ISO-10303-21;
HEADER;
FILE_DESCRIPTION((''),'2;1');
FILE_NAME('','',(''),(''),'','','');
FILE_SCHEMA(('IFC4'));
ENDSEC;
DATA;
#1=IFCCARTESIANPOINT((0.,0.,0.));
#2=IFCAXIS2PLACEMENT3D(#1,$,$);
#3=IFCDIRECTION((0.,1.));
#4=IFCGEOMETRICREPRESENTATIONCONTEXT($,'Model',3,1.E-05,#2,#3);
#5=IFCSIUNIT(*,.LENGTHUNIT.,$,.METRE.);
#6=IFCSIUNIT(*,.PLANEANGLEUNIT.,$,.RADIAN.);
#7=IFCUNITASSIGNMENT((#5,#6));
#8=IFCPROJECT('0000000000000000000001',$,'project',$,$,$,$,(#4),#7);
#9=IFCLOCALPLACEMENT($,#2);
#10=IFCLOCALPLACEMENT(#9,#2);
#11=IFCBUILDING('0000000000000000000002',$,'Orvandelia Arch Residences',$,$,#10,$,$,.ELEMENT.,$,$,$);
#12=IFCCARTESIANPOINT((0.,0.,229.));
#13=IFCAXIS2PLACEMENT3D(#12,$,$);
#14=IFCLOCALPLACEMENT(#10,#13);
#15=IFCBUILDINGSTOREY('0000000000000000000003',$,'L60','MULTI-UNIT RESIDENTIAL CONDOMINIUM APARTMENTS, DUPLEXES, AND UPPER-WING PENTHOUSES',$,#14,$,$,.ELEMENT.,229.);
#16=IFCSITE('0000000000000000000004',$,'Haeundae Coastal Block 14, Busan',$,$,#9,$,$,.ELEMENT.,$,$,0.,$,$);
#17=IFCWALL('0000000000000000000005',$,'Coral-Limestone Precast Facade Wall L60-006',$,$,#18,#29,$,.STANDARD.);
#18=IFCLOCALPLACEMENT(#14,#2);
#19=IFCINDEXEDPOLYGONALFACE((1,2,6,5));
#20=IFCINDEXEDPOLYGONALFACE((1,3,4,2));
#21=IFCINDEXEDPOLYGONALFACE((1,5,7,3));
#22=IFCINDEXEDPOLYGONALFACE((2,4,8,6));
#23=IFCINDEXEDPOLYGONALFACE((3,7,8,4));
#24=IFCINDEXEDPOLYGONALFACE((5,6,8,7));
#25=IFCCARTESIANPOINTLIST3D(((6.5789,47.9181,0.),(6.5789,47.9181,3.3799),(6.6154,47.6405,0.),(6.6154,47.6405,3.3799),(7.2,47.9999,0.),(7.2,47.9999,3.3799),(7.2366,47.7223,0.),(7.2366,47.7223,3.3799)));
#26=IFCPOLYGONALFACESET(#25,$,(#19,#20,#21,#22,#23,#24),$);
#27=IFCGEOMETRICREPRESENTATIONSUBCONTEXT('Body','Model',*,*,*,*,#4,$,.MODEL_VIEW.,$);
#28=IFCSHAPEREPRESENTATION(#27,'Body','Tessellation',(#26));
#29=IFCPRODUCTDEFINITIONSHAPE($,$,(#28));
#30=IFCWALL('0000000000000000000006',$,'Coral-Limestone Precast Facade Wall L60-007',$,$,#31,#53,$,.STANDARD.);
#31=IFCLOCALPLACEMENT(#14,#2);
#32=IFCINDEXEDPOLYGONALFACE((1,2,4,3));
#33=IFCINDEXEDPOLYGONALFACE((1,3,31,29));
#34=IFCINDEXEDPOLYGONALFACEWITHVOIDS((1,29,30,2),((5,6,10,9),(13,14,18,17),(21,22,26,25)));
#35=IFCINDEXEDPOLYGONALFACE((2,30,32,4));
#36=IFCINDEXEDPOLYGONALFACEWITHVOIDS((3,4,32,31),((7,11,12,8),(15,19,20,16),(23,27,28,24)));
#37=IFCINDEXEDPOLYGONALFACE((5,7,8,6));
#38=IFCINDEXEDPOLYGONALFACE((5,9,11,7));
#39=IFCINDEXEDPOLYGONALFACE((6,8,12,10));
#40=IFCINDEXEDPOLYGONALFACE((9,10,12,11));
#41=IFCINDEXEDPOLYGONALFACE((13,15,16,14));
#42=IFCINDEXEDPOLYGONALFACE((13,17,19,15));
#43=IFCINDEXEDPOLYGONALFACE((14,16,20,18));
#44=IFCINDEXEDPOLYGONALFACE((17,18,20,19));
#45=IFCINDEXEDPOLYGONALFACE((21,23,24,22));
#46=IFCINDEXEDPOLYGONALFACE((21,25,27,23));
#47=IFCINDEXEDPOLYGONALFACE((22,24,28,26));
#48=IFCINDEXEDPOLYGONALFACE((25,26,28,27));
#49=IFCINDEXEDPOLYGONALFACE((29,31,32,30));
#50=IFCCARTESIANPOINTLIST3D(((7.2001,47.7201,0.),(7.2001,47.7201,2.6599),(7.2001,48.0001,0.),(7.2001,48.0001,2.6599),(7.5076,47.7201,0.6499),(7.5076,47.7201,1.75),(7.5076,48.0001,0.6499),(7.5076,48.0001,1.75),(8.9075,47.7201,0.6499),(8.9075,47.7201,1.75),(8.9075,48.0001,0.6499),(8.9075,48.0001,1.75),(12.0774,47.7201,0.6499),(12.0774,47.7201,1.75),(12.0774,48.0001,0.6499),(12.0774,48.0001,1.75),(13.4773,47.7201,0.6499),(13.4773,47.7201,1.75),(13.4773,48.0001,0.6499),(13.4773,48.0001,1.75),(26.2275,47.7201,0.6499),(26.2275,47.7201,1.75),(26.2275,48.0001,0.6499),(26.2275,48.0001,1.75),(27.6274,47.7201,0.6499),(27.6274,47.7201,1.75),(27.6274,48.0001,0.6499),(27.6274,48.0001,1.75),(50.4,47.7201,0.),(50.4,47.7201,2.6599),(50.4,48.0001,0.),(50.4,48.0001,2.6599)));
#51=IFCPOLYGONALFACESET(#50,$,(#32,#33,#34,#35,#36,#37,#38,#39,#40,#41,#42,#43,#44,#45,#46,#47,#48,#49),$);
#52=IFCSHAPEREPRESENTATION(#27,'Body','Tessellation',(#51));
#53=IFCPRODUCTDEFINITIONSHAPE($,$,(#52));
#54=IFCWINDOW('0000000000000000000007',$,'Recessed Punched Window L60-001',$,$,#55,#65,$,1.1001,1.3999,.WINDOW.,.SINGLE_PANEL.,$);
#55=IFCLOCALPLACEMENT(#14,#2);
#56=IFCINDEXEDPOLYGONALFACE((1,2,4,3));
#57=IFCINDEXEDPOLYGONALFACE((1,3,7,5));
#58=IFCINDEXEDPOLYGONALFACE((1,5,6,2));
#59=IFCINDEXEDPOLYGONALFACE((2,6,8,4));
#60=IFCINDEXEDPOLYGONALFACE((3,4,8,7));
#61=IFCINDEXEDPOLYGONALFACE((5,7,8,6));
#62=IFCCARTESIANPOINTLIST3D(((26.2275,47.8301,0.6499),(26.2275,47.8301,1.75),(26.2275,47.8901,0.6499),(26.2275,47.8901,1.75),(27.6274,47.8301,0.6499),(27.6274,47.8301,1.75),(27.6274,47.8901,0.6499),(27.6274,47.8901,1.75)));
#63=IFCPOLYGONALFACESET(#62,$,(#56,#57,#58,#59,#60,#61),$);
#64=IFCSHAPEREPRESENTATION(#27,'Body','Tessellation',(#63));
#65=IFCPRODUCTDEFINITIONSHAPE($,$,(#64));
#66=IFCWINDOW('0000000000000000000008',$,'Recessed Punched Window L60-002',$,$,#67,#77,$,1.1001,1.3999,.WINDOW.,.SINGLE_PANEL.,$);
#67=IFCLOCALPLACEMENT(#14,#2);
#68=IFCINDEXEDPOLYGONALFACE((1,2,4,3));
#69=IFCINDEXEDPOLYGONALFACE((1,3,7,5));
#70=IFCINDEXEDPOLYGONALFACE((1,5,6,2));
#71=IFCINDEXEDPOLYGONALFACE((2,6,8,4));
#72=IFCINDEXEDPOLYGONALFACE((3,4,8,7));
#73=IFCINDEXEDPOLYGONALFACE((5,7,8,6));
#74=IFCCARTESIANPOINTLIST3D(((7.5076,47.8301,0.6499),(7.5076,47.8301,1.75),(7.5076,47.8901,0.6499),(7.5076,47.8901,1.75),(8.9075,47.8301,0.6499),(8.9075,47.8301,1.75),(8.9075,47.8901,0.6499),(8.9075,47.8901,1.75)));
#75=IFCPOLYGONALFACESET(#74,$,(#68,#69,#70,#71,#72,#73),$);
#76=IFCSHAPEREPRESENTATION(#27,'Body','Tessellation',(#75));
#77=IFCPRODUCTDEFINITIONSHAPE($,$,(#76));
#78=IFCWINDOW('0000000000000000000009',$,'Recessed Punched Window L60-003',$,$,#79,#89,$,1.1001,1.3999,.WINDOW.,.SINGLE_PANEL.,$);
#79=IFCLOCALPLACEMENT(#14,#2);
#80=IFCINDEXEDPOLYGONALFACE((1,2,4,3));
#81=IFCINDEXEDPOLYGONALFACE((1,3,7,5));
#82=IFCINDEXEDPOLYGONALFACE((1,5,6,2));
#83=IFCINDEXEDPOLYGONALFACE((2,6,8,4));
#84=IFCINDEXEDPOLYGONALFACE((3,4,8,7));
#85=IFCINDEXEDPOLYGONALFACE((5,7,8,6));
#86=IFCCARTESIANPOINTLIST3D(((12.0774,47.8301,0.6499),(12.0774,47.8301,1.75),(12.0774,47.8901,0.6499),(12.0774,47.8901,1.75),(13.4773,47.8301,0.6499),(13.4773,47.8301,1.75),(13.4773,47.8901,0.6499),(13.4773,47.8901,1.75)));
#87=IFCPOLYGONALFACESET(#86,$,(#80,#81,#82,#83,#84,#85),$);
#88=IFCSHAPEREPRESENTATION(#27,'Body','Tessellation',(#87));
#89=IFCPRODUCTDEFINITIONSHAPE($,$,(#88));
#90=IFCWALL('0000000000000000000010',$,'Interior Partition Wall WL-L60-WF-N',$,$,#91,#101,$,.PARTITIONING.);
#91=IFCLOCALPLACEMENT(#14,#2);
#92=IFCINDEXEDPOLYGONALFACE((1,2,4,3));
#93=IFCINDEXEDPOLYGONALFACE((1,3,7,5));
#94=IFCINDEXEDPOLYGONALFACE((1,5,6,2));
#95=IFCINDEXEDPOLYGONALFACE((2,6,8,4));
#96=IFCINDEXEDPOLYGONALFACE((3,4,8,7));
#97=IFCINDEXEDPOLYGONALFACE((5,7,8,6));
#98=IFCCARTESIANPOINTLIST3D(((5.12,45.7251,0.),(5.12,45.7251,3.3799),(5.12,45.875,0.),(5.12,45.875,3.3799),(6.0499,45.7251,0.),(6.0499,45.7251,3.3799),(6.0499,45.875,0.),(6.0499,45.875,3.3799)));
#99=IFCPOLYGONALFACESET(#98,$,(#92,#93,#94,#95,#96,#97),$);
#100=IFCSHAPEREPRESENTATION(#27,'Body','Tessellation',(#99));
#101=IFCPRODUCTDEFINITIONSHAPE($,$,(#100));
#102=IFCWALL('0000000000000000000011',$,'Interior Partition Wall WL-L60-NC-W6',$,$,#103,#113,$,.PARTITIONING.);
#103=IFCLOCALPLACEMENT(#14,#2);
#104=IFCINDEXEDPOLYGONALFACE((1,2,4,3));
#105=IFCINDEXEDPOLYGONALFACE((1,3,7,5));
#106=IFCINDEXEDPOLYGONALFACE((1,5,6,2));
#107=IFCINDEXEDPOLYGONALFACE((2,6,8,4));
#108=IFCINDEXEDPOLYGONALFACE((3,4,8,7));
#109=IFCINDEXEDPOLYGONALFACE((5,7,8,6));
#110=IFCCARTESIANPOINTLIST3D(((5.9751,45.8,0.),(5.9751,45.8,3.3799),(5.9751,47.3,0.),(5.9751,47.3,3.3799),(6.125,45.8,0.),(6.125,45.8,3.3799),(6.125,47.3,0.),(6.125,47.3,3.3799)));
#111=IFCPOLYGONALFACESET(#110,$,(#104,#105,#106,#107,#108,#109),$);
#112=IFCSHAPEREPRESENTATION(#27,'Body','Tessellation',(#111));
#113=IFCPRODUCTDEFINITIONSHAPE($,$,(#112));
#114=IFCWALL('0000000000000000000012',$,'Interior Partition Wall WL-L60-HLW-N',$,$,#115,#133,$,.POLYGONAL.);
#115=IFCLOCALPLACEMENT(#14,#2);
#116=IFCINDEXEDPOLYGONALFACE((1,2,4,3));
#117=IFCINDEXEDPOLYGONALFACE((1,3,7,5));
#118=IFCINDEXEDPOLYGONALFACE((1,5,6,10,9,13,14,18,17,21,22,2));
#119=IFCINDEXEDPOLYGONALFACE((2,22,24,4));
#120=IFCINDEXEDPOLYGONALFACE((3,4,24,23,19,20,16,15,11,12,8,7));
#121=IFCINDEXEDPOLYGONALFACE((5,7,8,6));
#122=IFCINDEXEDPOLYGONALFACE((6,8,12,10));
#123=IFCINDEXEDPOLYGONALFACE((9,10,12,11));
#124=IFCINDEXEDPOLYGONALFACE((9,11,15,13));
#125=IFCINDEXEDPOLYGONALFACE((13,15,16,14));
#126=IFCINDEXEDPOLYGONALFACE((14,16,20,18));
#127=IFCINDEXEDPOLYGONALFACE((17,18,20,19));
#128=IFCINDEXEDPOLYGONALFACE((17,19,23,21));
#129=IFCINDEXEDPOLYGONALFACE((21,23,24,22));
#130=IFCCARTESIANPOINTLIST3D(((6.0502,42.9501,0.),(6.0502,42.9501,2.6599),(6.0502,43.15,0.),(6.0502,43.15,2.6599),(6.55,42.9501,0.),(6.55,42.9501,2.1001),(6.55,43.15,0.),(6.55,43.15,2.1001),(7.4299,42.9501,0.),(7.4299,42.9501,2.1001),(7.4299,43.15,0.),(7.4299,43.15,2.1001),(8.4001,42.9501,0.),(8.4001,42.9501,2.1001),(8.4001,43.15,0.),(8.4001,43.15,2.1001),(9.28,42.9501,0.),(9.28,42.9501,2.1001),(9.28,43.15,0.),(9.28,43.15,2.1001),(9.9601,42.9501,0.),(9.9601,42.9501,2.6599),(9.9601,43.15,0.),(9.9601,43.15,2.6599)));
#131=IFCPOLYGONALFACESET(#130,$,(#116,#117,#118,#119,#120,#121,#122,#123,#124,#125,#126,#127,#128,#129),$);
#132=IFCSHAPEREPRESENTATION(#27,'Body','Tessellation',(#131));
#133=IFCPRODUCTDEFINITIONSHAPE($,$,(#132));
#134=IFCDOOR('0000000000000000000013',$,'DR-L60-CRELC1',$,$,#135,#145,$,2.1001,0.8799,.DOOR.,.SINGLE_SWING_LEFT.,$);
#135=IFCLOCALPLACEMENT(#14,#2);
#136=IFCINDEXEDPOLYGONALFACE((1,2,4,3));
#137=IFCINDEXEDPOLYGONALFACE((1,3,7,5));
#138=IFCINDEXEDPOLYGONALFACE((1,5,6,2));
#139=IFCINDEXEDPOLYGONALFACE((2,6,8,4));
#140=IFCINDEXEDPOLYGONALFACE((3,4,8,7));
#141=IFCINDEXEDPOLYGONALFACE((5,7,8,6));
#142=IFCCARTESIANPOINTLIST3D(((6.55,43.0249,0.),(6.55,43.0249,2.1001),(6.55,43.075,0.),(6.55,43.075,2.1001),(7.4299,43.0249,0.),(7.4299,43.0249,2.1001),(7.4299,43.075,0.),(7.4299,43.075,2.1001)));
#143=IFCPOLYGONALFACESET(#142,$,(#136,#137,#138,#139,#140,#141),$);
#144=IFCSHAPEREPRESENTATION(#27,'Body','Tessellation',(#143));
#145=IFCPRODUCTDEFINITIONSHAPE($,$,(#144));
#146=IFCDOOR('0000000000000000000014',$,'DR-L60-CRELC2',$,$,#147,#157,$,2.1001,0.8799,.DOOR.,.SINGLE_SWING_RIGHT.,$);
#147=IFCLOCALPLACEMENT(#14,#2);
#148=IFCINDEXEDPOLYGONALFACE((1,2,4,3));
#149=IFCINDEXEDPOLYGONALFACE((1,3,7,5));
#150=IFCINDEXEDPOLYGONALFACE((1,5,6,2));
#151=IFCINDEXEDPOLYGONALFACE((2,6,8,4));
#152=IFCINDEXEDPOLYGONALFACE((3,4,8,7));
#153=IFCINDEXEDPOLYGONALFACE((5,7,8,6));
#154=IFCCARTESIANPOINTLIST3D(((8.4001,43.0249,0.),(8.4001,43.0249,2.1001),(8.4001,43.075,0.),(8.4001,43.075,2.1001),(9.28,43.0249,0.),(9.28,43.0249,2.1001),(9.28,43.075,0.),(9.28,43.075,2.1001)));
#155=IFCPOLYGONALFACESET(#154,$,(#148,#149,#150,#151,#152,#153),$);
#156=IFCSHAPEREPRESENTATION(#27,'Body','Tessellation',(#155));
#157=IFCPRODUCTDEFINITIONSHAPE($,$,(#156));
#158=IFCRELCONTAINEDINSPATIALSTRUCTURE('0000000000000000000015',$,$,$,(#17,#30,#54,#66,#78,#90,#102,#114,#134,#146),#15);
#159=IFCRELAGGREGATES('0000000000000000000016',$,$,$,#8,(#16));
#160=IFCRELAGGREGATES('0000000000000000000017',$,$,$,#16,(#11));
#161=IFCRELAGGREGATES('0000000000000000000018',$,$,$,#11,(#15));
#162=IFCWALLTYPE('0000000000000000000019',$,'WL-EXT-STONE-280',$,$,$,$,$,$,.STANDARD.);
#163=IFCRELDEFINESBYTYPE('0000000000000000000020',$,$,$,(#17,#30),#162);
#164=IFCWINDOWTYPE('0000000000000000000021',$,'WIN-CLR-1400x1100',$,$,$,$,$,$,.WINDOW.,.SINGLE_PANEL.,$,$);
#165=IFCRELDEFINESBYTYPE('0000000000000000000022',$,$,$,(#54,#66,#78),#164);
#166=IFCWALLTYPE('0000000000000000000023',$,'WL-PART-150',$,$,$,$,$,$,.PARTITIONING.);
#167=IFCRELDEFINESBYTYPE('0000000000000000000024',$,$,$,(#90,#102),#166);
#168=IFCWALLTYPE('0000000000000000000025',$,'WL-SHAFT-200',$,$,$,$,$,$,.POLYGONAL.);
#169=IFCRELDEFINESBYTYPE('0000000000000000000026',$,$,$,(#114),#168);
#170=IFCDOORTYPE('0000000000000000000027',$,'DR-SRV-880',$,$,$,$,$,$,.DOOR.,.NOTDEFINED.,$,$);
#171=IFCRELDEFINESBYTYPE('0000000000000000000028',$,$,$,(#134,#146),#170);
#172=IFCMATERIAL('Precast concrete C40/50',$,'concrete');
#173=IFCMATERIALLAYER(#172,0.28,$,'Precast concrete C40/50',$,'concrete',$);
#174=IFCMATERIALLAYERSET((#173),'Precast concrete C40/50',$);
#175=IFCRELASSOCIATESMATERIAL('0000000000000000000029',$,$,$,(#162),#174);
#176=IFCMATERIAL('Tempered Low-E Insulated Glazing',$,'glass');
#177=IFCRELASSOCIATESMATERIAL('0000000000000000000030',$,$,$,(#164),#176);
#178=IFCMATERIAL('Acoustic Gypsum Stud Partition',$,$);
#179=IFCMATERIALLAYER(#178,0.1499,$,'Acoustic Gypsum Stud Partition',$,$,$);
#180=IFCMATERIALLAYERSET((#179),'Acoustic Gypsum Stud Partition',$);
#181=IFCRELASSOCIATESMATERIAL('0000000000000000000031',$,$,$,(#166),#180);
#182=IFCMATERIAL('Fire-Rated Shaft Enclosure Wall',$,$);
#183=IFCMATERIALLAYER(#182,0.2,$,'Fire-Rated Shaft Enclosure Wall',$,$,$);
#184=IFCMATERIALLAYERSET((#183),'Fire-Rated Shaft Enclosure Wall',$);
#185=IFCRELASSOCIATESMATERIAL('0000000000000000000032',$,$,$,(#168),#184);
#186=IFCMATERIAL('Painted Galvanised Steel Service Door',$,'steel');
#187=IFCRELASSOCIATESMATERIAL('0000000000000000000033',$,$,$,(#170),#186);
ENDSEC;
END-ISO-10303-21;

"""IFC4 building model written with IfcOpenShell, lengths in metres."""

from ifc_helpers import new_model, si_unit, direction, frame, frame_2d, origin, place, context, subcontext, project, spatial, rectangle, extrude, material, layer, layer_set, type_object, element, fill, save


model = new_model("IFC4")

# Units and contexts
model_context = context("Model", 3, precision=1e-05, world=origin(), true_north=direction((0.0, 1.0)))
body_context = subcontext(model_context, "Body", "Model", "MODEL_VIEW")
ifc_project = project(units=[si_unit("LENGTHUNIT", "METRE"), si_unit("PLANEANGLEUNIT", "RADIAN")], contexts=[model_context])

# Site, building, storey
site_placement = place(None, origin())
site = spatial("IfcSite", under=ifc_project, at=site_placement, Name="Haeundae Coastal Block 14, Busan", CompositionType="ELEMENT", RefElevation=0.0)
building_placement = place(site_placement, origin())
building = spatial("IfcBuilding", under=site, at=building_placement, Name="Orvandelia Arch Residences", CompositionType="ELEMENT")
storey_placement = place(building_placement, frame((0.0, 0.0, 229.0)))
storey = spatial("IfcBuildingStorey", under=building, at=storey_placement, Name="L60", Description="MULTI-UNIT RESIDENTIAL CONDOMINIUM APARTMENTS, DUPLEXES, AND UPPER-WING PENTHOUSES", CompositionType="ELEMENT", Elevation=229.0)

# Wall
ifc_material_1 = material(Name="Precast concrete C40/50", Category="concrete")
ifc_layer_1 = layer(ifc_material_1, 0.28, Name="Precast concrete C40/50", Category="concrete")
ifc_layer_set_1 = layer_set([ifc_layer_1], Name="Precast concrete C40/50")
wall_type_1 = type_object("IfcWallType", Name="WL-EXT-STONE-280", PredefinedType="STANDARD", material=ifc_layer_set_1)
wall_1_placement = place(storey_placement, frame((6.5972, 47.7793, 0.0), z_axis=(0.0, 0.0, 1.0), x_axis=(0.991441, 0.130555, 0.0)))
element("IfcWall", 1, at=wall_1_placement, inside=storey, type_object=wall_type_1, Name="Coral-Limestone Precast Facade Wall L60-006", PredefinedType="STANDARD", context=body_context, shape_type="SweptSolid", body=[
    extrude(rectangle(XDim=0.6265, YDim=0.28, at=frame_2d((0.3132, 0.0))), origin(), (0.0, 0.0, 1.0), 3.3799),
])

# Wall, openings, windows
wall_2_placement = place(storey_placement, frame((7.2, 47.8601, 0.0), z_axis=(0.0, 0.0, 1.0), x_axis=(1.0, 0.0, 0.0)))
wall_2 = element("IfcWall", 2, at=wall_2_placement, inside=storey, type_object=wall_type_1, Name="Coral-Limestone Precast Facade Wall L60-007", PredefinedType="STANDARD", context=body_context, shape_type="SweptSolid", body=[
    extrude(rectangle(XDim=43.2, YDim=0.28, at=frame_2d((21.6001, 0.0))), origin(), (0.0, 0.0, 1.0), 2.6599),
])
opening_1_placement = place(wall_2_placement, frame((19.0276, 0.0, 0.6499)))
opening_1 = element("IfcOpeningElement", 3, at=opening_1_placement, cuts=wall_2, PredefinedType="OPENING", context=body_context, shape_type="SweptSolid", body=[
    extrude(rectangle(XDim=1.3999, YDim=1.1001, at=frame_2d((0.7, 0.55))), frame((0.0, 0.1499, 0.0), z_axis=(0.0, -1.0, 0.0), x_axis=(1.0, 0.0, 0.0)), (0.0, 0.0, 1.0), 0.3),
])
opening_2_placement = place(wall_2_placement, frame((0.3076, 0.0, 0.6499)))
opening_2 = element("IfcOpeningElement", 4, at=opening_2_placement, cuts=wall_2, PredefinedType="OPENING", context=body_context, shape_type="SweptSolid", body=[
    extrude(rectangle(XDim=1.3999, YDim=1.1001, at=frame_2d((0.7, 0.55))), frame((0.0, 0.1499, 0.0), z_axis=(0.0, -1.0, 0.0), x_axis=(1.0, 0.0, 0.0)), (0.0, 0.0, 1.0), 0.3),
])
opening_3_placement = place(wall_2_placement, frame((4.8774, 0.0, 0.6499)))
opening_3 = element("IfcOpeningElement", 5, at=opening_3_placement, cuts=wall_2, PredefinedType="OPENING", context=body_context, shape_type="SweptSolid", body=[
    extrude(rectangle(XDim=1.3999, YDim=1.1001, at=frame_2d((0.7, 0.55))), frame((0.0, 0.1499, 0.0), z_axis=(0.0, -1.0, 0.0), x_axis=(1.0, 0.0, 0.0)), (0.0, 0.0, 1.0), 0.3),
])
ifc_material_2 = material(Name="Tempered Low-E Insulated Glazing", Category="glass")
window_type = type_object("IfcWindowType", Name="WIN-CLR-1400x1100", PartitioningType="SINGLE_PANEL", PredefinedType="WINDOW", material=ifc_material_2)
window_1_placement = place(opening_1_placement, origin())
window_1 = element("IfcWindow", 6, at=window_1_placement, inside=storey, type_object=window_type, Name="Recessed Punched Window L60-001", OverallHeight=1.1001, OverallWidth=1.3999, PartitioningType="SINGLE_PANEL", PredefinedType="WINDOW", context=body_context, shape_type="SweptSolid", body=[
    extrude(rectangle(XDim=1.3999, YDim=1.1001, at=frame_2d((0.7, 0.55))), frame((0.0, 0.03, 0.0), z_axis=(0.0, -1.0, 0.0), x_axis=(1.0, 0.0, 0.0)), (0.0, 0.0, 1.0), 0.0601),
])
fill(opening_1, window_1)
window_2_placement = place(opening_2_placement, origin())
window_2 = element("IfcWindow", 7, at=window_2_placement, inside=storey, type_object=window_type, Name="Recessed Punched Window L60-002", OverallHeight=1.1001, OverallWidth=1.3999, PartitioningType="SINGLE_PANEL", PredefinedType="WINDOW", context=body_context, shape_type="SweptSolid", body=[
    extrude(rectangle(XDim=1.3999, YDim=1.1001, at=frame_2d((0.7, 0.55))), frame((0.0, 0.03, 0.0), z_axis=(0.0, -1.0, 0.0), x_axis=(1.0, 0.0, 0.0)), (0.0, 0.0, 1.0), 0.0601),
])
fill(opening_2, window_2)
window_3_placement = place(opening_3_placement, origin())
window_3 = element("IfcWindow", 8, at=window_3_placement, inside=storey, type_object=window_type, Name="Recessed Punched Window L60-003", OverallHeight=1.1001, OverallWidth=1.3999, PartitioningType="SINGLE_PANEL", PredefinedType="WINDOW", context=body_context, shape_type="SweptSolid", body=[
    extrude(rectangle(XDim=1.3999, YDim=1.1001, at=frame_2d((0.7, 0.55))), frame((0.0, 0.03, 0.0), z_axis=(0.0, -1.0, 0.0), x_axis=(1.0, 0.0, 0.0)), (0.0, 0.0, 1.0), 0.0601),
])
fill(opening_3, window_3)

# Walls
ifc_material_3 = material(Name="Acoustic Gypsum Stud Partition")
ifc_layer_2 = layer(ifc_material_3, 0.1499, Name="Acoustic Gypsum Stud Partition")
ifc_layer_set_2 = layer_set([ifc_layer_2], Name="Acoustic Gypsum Stud Partition")
wall_type_2 = type_object("IfcWallType", Name="WL-PART-150", PredefinedType="PARTITIONING", material=ifc_layer_set_2)
wall_3_placement = place(storey_placement, frame((5.1201, 45.8, 0.0), z_axis=(0.0, 0.0, 1.0), x_axis=(1.0, 0.0, 0.0)))
element("IfcWall", 9, at=wall_3_placement, inside=storey, type_object=wall_type_2, Name="Interior Partition Wall WL-L60-WF-N", PredefinedType="PARTITIONING", context=body_context, shape_type="SweptSolid", body=[
    extrude(rectangle(XDim=0.9299, YDim=0.1499, at=frame_2d((0.4648, 0.0))), origin(), (0.0, 0.0, 1.0), 3.3799),
])
wall_4_placement = place(storey_placement, frame((6.05, 45.8, 0.0), z_axis=(0.0, 0.0, 1.0), x_axis=(0.0, 1.0, 0.0)))
element("IfcWall", 10, at=wall_4_placement, inside=storey, type_object=wall_type_2, Name="Interior Partition Wall WL-L60-NC-W6", PredefinedType="PARTITIONING", context=body_context, shape_type="SweptSolid", body=[
    extrude(rectangle(XDim=1.5, YDim=0.1499, at=frame_2d((0.75, 0.0))), origin(), (0.0, 0.0, 1.0), 3.3799),
])

# Wall, openings, doors
ifc_material_4 = material(Name="Fire-Rated Shaft Enclosure Wall")
ifc_layer_3 = layer(ifc_material_4, 0.2, Name="Fire-Rated Shaft Enclosure Wall")
ifc_layer_set_3 = layer_set([ifc_layer_3], Name="Fire-Rated Shaft Enclosure Wall")
wall_type_3 = type_object("IfcWallType", Name="WL-SHAFT-200", PredefinedType="POLYGONAL", material=ifc_layer_set_3)
wall_5_placement = place(storey_placement, frame((6.05, 43.05, 0.0), z_axis=(0.0, 0.0, 1.0), x_axis=(1.0, 0.0, 0.0)))
wall_5 = element("IfcWall", 11, at=wall_5_placement, inside=storey, type_object=wall_type_3, Name="Interior Partition Wall WL-L60-HLW-N", PredefinedType="POLYGONAL", context=body_context, shape_type="SweptSolid", body=[
    extrude(rectangle(XDim=3.9099, YDim=0.2, at=frame_2d((1.9551, 0.0))), origin(), (0.0, 0.0, 1.0), 2.6599),
])
opening_4_placement = place(wall_5_placement, frame((0.5, 0.0, 0.0)))
opening_4 = element("IfcOpeningElement", 12, at=opening_4_placement, cuts=wall_5, PredefinedType="OPENING", context=body_context, shape_type="SweptSolid", body=[
    extrude(rectangle(XDim=0.8799, YDim=2.1001, at=frame_2d((0.4399, 1.05))), frame((0.0, 0.1099, 0.0), z_axis=(0.0, -1.0, 0.0), x_axis=(1.0, 0.0, 0.0)), (0.0, 0.0, 1.0), 0.22),
])
opening_5_placement = place(wall_5_placement, frame((2.3501, 0.0, 0.0)))
opening_5 = element("IfcOpeningElement", 13, at=opening_5_placement, cuts=wall_5, PredefinedType="OPENING", context=body_context, shape_type="SweptSolid", body=[
    extrude(rectangle(XDim=0.8799, YDim=2.1001, at=frame_2d((0.4399, 1.05))), frame((0.0, 0.1099, 0.0), z_axis=(0.0, -1.0, 0.0), x_axis=(1.0, 0.0, 0.0)), (0.0, 0.0, 1.0), 0.22),
])
ifc_material_5 = material(Name="Painted Galvanised Steel Service Door", Category="steel")
door_type = type_object("IfcDoorType", Name="DR-SRV-880", OperationType="NOTDEFINED", PredefinedType="DOOR", material=ifc_material_5)
door_1_placement = place(opening_4_placement, origin())
door_1 = element("IfcDoor", 14, at=door_1_placement, inside=storey, type_object=door_type, Name="DR-L60-CRELC1", OperationType="SINGLE_SWING_LEFT", OverallHeight=2.1001, OverallWidth=0.8799, PredefinedType="DOOR", context=body_context, shape_type="SweptSolid", body=[
    extrude(rectangle(XDim=0.8799, YDim=2.1001, at=frame_2d((0.4399, 1.05))), frame((0.0, 0.0249, 0.0), z_axis=(0.0, -1.0, 0.0), x_axis=(1.0, 0.0, 0.0)), (0.0, 0.0, 1.0), 0.05),
])
fill(opening_4, door_1)
door_2_placement = place(opening_5_placement, origin())
door_2 = element("IfcDoor", 15, at=door_2_placement, inside=storey, type_object=door_type, Name="DR-L60-CRELC2", OperationType="SINGLE_SWING_RIGHT", OverallHeight=2.1001, OverallWidth=0.8799, PredefinedType="DOOR", context=body_context, shape_type="SweptSolid", body=[
    extrude(rectangle(XDim=0.8799, YDim=2.1001, at=frame_2d((0.4399, 1.05))), frame((0.0, 0.0249, 0.0), z_axis=(0.0, -1.0, 0.0), x_axis=(1.0, 0.0, 0.0)), (0.0, 0.0, 1.0), 0.05),
])
fill(opening_5, door_2)

save(model, "model.ifc")
